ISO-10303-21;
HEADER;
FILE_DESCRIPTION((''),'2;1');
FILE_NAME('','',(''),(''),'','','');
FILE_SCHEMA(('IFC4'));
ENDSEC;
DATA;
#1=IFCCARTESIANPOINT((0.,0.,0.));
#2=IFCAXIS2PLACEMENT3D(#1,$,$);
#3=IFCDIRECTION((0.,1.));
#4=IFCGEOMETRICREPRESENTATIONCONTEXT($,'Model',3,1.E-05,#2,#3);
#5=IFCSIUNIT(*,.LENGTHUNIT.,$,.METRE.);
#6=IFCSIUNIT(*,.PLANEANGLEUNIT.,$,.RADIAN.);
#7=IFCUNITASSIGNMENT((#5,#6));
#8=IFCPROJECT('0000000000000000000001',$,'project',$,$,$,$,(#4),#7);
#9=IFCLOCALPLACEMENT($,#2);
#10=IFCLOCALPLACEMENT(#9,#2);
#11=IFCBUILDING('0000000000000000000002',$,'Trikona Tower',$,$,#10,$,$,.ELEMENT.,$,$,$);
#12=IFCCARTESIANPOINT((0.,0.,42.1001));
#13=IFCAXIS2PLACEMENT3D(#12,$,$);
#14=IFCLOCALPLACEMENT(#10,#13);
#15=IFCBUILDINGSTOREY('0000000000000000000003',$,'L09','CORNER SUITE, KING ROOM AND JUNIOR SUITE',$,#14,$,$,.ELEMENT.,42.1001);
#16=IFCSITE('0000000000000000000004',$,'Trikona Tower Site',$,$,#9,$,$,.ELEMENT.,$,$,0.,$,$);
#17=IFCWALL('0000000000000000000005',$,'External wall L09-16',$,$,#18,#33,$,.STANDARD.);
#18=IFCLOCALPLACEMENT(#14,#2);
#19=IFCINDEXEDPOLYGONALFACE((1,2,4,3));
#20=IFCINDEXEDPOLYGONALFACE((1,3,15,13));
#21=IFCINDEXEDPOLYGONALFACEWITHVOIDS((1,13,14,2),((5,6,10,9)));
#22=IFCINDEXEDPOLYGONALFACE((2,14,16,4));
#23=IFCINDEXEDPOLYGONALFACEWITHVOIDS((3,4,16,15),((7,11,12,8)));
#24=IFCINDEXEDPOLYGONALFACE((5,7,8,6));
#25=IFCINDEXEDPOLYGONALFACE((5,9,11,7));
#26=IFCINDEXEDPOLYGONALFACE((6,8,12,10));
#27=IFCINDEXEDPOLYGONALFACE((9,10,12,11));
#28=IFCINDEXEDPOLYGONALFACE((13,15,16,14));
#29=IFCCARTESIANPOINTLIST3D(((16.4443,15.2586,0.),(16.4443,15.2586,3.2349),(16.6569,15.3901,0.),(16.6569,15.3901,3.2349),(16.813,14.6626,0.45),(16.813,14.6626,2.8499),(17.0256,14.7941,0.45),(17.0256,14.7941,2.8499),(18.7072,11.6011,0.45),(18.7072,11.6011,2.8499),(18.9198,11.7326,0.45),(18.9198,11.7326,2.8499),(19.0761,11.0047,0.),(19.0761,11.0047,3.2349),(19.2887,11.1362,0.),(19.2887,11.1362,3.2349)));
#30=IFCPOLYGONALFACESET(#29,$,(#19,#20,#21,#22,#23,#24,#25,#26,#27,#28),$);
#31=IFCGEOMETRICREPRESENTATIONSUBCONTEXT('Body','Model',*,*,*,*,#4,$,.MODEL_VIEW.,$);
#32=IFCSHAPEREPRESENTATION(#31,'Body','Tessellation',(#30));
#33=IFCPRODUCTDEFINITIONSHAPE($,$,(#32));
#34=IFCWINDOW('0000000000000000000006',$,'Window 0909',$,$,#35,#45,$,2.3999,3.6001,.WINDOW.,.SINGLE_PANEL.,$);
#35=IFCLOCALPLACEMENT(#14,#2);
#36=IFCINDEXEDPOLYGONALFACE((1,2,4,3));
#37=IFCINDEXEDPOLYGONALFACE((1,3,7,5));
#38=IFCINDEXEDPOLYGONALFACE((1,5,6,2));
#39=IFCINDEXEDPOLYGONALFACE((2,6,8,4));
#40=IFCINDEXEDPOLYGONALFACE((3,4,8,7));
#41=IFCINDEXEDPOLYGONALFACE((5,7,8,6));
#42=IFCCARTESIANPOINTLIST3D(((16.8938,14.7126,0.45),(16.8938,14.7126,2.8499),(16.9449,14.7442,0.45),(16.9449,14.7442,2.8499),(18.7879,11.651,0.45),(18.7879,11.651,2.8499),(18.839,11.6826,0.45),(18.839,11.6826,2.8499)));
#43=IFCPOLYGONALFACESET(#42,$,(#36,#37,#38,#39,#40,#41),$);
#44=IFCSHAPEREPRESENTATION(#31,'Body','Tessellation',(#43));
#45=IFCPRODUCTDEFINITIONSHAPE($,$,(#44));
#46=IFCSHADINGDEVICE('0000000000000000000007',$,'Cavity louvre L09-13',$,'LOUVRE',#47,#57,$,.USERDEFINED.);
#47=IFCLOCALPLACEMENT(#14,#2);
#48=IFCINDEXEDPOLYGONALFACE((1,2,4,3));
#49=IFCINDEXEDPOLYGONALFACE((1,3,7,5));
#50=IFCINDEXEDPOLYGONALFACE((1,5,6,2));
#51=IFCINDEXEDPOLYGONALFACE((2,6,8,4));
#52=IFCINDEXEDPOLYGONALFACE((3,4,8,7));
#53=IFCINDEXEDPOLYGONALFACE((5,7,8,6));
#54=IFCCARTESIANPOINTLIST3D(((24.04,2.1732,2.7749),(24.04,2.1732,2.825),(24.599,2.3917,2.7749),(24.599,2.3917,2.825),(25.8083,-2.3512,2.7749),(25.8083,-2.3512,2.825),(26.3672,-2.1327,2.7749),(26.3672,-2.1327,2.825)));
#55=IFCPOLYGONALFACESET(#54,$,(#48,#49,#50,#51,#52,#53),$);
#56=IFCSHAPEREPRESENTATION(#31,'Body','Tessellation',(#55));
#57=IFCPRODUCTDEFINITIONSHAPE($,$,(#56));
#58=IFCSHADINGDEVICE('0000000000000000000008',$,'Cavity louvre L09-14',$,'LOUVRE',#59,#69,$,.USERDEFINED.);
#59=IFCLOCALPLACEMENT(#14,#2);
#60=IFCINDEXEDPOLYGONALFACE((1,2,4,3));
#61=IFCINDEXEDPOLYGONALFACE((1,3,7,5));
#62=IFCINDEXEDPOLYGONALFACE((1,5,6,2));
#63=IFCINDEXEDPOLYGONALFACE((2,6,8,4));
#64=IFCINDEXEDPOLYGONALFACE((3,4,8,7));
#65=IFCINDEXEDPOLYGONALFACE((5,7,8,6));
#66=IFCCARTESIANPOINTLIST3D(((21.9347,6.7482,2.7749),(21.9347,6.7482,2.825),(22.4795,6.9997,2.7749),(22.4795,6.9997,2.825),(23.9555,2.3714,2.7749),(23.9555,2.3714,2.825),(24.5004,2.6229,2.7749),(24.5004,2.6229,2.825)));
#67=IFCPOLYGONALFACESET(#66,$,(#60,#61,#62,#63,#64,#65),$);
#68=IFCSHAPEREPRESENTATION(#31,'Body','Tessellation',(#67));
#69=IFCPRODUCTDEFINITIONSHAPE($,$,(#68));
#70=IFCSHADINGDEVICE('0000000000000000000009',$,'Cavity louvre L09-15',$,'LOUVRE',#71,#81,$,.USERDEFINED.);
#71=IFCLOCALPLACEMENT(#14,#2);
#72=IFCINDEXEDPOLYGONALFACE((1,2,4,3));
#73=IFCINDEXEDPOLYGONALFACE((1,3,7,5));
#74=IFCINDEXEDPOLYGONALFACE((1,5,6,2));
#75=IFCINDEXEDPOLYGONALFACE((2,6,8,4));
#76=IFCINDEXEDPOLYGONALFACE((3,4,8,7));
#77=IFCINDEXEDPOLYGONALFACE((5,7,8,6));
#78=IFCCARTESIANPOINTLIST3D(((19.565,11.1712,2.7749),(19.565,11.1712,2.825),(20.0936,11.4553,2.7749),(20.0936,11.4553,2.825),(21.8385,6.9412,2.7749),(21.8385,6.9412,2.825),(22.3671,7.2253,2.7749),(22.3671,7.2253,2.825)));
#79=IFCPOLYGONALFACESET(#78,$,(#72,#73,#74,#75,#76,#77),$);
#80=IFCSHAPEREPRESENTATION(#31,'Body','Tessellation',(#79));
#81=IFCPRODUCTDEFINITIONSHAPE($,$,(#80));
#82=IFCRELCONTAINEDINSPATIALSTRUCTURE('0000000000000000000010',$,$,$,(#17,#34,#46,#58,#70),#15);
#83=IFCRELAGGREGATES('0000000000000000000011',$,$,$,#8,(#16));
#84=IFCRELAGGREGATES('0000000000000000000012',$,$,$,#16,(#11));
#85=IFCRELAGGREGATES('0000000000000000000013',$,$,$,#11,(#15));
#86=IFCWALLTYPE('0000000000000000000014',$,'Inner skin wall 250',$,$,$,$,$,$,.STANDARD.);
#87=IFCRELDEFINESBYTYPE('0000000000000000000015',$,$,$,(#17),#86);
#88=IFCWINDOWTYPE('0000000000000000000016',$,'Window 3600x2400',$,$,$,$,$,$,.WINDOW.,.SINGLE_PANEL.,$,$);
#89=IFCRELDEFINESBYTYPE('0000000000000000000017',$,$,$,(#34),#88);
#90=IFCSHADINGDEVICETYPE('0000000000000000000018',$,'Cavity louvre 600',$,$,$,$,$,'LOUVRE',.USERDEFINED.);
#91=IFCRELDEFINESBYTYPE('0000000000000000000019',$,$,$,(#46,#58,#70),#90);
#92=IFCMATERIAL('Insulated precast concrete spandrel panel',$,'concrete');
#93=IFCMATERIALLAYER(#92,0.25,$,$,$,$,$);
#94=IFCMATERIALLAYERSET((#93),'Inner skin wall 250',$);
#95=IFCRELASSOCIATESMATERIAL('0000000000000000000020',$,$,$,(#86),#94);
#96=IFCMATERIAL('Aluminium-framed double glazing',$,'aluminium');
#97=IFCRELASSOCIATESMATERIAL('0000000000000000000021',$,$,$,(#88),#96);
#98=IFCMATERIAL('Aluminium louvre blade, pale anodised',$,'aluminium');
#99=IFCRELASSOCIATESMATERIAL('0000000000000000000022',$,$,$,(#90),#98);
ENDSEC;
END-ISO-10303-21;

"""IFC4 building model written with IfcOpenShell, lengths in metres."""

from ifc_helpers import new_model, si_unit, direction, frame, frame_2d, origin, origin_2d, place, context, subcontext, project, spatial, rectangle, extrude, material, layer, layer_set, type_object, element, fill, save


model = new_model("IFC4")

# Units and contexts
model_context = context("Model", 3, precision=1e-05, world=origin(), true_north=direction((0.0, 1.0)))
body_context = subcontext(model_context, "Body", "Model", "MODEL_VIEW")
ifc_project = project(units=[si_unit("LENGTHUNIT", "METRE"), si_unit("PLANEANGLEUNIT", "RADIAN")], contexts=[model_context])

# Site, building, storey
site_placement = place(None, origin())
site = spatial("IfcSite", under=ifc_project, at=site_placement, Name="Trikona Tower Site", CompositionType="ELEMENT", RefElevation=0.0)
building_placement = place(site_placement, origin())
building = spatial("IfcBuilding", under=site, at=building_placement, Name="Trikona Tower", CompositionType="ELEMENT")
storey_placement = place(building_placement, frame((0.0, 0.0, 42.1001)))
storey = spatial("IfcBuildingStorey", under=building, at=storey_placement, Name="L09", Description="CORNER SUITE, KING ROOM AND JUNIOR SUITE", CompositionType="ELEMENT", Elevation=42.1001)

# Wall, opening, window
ifc_material_1 = material(Name="Insulated precast concrete spandrel panel", Category="concrete")
ifc_layer_1 = layer(ifc_material_1, 0.25)
ifc_layer_set_1 = layer_set([ifc_layer_1], Name="Inner skin wall 250")
wall_type = type_object("IfcWallType", Name="Inner skin wall 250", PredefinedType="STANDARD", material=ifc_layer_set_1)
ifc_material_2 = material(Name="Aluminium-framed double glazing", Category="aluminium")
window_type = type_object("IfcWindowType", Name="Window 3600x2400", PartitioningType="SINGLE_PANEL", PredefinedType="WINDOW", material=ifc_material_2)
wall_1_placement = place(storey_placement, frame((19.1824, 11.0706, 0.0), z_axis=(0.0, 0.0, 1.0), x_axis=(-0.526133, 0.850402, 0.0)))
wall_1 = element("IfcWall", 1, at=wall_1_placement, inside=storey, type_object=wall_type, Name="External wall L09-16", PredefinedType="STANDARD", context=body_context, shape_type="SweptSolid", body=[
    extrude(rectangle(XDim=5.0022, YDim=0.25, at=frame_2d((2.501, 0.0))), origin(), (0.0, 0.0, 1.0), 3.2349),
])
opening_1_placement = place(wall_1_placement, frame((0.7012, 0.0, 0.45)))
opening_1 = element("IfcOpeningElement", 2, at=opening_1_placement, cuts=wall_1, PredefinedType="OPENING", context=body_context, shape_type="SweptSolid", body=[
    extrude(rectangle(XDim=3.6001, YDim=2.3999, at=frame_2d((1.8, 1.2))), frame((0.0, 0.135, 0.0), z_axis=(0.0, -1.0, 0.0), x_axis=(1.0, 0.0, 0.0)), (0.0, 0.0, 1.0), 0.27),
])
window_1_placement = place(opening_1_placement, origin())
window_1 = element("IfcWindow", 3, at=window_1_placement, inside=storey, type_object=window_type, Name="Window 0909", OverallHeight=2.3999, OverallWidth=3.6001, PartitioningType="SINGLE_PANEL", PredefinedType="WINDOW", context=body_context, shape_type="SweptSolid", body=[
    extrude(rectangle(XDim=3.6001, YDim=2.3999, at=frame_2d((1.8, 1.2))), frame((0.0, 0.03, 0.0), z_axis=(0.0, -1.0, 0.0), x_axis=(1.0, 0.0, 0.0)), (0.0, 0.0, 1.0), 0.0601),
])
fill(opening_1, window_1)

# Shading devices
ifc_material_3 = material(Name="Aluminium louvre blade, pale anodised", Category="aluminium")
shading_device_type = type_object("IfcShadingDeviceType", Name="Cavity louvre 600", ElementType="LOUVRE", PredefinedType="USERDEFINED", material=ifc_material_3)
shading_device_1_placement = place(storey_placement, frame((25.2036, 0.0203, 2.7749), z_axis=(0.0, 0.0, 1.0), x_axis=(-0.364009, 0.931395, 0.0)))
element("IfcShadingDevice", 4, at=shading_device_1_placement, inside=storey, type_object=shading_device_type, Name="Cavity louvre L09-13", ObjectType="LOUVRE", PredefinedType="USERDEFINED", context=body_context, shape_type="SweptSolid", body=[
    extrude(rectangle(XDim=4.8577, YDim=0.6001, at=origin_2d()), origin(), (0.0, 0.0, 1.0), 0.05),
])
shading_device_2_placement = place(storey_placement, frame((23.2175, 4.6855, 2.7749), z_axis=(0.0, 0.0, 1.0), x_axis=(-0.419194, 0.907897, 0.0)))
element("IfcShadingDevice", 5, at=shading_device_2_placement, inside=storey, type_object=shading_device_type, Name="Cavity louvre L09-14", ObjectType="LOUVRE", PredefinedType="USERDEFINED", context=body_context, shape_type="SweptSolid", body=[
    extrude(rectangle(XDim=4.8208, YDim=0.6001, at=origin_2d()), origin(), (0.0, 0.0, 1.0), 0.05),
])
shading_device_3_placement = place(storey_placement, frame((20.9661, 9.1982, 2.7749), z_axis=(0.0, 0.0, 1.0), x_axis=(-0.473423, 0.880835, 0.0)))
element("IfcShadingDevice", 6, at=shading_device_3_placement, inside=storey, type_object=shading_device_type, Name="Cavity louvre L09-15", ObjectType="LOUVRE", PredefinedType="USERDEFINED", context=body_context, shape_type="SweptSolid", body=[
    extrude(rectangle(XDim=4.8022, YDim=0.6001, at=origin_2d()), origin(), (0.0, 0.0, 1.0), 0.05),
])

save(model, "model.ifc")
